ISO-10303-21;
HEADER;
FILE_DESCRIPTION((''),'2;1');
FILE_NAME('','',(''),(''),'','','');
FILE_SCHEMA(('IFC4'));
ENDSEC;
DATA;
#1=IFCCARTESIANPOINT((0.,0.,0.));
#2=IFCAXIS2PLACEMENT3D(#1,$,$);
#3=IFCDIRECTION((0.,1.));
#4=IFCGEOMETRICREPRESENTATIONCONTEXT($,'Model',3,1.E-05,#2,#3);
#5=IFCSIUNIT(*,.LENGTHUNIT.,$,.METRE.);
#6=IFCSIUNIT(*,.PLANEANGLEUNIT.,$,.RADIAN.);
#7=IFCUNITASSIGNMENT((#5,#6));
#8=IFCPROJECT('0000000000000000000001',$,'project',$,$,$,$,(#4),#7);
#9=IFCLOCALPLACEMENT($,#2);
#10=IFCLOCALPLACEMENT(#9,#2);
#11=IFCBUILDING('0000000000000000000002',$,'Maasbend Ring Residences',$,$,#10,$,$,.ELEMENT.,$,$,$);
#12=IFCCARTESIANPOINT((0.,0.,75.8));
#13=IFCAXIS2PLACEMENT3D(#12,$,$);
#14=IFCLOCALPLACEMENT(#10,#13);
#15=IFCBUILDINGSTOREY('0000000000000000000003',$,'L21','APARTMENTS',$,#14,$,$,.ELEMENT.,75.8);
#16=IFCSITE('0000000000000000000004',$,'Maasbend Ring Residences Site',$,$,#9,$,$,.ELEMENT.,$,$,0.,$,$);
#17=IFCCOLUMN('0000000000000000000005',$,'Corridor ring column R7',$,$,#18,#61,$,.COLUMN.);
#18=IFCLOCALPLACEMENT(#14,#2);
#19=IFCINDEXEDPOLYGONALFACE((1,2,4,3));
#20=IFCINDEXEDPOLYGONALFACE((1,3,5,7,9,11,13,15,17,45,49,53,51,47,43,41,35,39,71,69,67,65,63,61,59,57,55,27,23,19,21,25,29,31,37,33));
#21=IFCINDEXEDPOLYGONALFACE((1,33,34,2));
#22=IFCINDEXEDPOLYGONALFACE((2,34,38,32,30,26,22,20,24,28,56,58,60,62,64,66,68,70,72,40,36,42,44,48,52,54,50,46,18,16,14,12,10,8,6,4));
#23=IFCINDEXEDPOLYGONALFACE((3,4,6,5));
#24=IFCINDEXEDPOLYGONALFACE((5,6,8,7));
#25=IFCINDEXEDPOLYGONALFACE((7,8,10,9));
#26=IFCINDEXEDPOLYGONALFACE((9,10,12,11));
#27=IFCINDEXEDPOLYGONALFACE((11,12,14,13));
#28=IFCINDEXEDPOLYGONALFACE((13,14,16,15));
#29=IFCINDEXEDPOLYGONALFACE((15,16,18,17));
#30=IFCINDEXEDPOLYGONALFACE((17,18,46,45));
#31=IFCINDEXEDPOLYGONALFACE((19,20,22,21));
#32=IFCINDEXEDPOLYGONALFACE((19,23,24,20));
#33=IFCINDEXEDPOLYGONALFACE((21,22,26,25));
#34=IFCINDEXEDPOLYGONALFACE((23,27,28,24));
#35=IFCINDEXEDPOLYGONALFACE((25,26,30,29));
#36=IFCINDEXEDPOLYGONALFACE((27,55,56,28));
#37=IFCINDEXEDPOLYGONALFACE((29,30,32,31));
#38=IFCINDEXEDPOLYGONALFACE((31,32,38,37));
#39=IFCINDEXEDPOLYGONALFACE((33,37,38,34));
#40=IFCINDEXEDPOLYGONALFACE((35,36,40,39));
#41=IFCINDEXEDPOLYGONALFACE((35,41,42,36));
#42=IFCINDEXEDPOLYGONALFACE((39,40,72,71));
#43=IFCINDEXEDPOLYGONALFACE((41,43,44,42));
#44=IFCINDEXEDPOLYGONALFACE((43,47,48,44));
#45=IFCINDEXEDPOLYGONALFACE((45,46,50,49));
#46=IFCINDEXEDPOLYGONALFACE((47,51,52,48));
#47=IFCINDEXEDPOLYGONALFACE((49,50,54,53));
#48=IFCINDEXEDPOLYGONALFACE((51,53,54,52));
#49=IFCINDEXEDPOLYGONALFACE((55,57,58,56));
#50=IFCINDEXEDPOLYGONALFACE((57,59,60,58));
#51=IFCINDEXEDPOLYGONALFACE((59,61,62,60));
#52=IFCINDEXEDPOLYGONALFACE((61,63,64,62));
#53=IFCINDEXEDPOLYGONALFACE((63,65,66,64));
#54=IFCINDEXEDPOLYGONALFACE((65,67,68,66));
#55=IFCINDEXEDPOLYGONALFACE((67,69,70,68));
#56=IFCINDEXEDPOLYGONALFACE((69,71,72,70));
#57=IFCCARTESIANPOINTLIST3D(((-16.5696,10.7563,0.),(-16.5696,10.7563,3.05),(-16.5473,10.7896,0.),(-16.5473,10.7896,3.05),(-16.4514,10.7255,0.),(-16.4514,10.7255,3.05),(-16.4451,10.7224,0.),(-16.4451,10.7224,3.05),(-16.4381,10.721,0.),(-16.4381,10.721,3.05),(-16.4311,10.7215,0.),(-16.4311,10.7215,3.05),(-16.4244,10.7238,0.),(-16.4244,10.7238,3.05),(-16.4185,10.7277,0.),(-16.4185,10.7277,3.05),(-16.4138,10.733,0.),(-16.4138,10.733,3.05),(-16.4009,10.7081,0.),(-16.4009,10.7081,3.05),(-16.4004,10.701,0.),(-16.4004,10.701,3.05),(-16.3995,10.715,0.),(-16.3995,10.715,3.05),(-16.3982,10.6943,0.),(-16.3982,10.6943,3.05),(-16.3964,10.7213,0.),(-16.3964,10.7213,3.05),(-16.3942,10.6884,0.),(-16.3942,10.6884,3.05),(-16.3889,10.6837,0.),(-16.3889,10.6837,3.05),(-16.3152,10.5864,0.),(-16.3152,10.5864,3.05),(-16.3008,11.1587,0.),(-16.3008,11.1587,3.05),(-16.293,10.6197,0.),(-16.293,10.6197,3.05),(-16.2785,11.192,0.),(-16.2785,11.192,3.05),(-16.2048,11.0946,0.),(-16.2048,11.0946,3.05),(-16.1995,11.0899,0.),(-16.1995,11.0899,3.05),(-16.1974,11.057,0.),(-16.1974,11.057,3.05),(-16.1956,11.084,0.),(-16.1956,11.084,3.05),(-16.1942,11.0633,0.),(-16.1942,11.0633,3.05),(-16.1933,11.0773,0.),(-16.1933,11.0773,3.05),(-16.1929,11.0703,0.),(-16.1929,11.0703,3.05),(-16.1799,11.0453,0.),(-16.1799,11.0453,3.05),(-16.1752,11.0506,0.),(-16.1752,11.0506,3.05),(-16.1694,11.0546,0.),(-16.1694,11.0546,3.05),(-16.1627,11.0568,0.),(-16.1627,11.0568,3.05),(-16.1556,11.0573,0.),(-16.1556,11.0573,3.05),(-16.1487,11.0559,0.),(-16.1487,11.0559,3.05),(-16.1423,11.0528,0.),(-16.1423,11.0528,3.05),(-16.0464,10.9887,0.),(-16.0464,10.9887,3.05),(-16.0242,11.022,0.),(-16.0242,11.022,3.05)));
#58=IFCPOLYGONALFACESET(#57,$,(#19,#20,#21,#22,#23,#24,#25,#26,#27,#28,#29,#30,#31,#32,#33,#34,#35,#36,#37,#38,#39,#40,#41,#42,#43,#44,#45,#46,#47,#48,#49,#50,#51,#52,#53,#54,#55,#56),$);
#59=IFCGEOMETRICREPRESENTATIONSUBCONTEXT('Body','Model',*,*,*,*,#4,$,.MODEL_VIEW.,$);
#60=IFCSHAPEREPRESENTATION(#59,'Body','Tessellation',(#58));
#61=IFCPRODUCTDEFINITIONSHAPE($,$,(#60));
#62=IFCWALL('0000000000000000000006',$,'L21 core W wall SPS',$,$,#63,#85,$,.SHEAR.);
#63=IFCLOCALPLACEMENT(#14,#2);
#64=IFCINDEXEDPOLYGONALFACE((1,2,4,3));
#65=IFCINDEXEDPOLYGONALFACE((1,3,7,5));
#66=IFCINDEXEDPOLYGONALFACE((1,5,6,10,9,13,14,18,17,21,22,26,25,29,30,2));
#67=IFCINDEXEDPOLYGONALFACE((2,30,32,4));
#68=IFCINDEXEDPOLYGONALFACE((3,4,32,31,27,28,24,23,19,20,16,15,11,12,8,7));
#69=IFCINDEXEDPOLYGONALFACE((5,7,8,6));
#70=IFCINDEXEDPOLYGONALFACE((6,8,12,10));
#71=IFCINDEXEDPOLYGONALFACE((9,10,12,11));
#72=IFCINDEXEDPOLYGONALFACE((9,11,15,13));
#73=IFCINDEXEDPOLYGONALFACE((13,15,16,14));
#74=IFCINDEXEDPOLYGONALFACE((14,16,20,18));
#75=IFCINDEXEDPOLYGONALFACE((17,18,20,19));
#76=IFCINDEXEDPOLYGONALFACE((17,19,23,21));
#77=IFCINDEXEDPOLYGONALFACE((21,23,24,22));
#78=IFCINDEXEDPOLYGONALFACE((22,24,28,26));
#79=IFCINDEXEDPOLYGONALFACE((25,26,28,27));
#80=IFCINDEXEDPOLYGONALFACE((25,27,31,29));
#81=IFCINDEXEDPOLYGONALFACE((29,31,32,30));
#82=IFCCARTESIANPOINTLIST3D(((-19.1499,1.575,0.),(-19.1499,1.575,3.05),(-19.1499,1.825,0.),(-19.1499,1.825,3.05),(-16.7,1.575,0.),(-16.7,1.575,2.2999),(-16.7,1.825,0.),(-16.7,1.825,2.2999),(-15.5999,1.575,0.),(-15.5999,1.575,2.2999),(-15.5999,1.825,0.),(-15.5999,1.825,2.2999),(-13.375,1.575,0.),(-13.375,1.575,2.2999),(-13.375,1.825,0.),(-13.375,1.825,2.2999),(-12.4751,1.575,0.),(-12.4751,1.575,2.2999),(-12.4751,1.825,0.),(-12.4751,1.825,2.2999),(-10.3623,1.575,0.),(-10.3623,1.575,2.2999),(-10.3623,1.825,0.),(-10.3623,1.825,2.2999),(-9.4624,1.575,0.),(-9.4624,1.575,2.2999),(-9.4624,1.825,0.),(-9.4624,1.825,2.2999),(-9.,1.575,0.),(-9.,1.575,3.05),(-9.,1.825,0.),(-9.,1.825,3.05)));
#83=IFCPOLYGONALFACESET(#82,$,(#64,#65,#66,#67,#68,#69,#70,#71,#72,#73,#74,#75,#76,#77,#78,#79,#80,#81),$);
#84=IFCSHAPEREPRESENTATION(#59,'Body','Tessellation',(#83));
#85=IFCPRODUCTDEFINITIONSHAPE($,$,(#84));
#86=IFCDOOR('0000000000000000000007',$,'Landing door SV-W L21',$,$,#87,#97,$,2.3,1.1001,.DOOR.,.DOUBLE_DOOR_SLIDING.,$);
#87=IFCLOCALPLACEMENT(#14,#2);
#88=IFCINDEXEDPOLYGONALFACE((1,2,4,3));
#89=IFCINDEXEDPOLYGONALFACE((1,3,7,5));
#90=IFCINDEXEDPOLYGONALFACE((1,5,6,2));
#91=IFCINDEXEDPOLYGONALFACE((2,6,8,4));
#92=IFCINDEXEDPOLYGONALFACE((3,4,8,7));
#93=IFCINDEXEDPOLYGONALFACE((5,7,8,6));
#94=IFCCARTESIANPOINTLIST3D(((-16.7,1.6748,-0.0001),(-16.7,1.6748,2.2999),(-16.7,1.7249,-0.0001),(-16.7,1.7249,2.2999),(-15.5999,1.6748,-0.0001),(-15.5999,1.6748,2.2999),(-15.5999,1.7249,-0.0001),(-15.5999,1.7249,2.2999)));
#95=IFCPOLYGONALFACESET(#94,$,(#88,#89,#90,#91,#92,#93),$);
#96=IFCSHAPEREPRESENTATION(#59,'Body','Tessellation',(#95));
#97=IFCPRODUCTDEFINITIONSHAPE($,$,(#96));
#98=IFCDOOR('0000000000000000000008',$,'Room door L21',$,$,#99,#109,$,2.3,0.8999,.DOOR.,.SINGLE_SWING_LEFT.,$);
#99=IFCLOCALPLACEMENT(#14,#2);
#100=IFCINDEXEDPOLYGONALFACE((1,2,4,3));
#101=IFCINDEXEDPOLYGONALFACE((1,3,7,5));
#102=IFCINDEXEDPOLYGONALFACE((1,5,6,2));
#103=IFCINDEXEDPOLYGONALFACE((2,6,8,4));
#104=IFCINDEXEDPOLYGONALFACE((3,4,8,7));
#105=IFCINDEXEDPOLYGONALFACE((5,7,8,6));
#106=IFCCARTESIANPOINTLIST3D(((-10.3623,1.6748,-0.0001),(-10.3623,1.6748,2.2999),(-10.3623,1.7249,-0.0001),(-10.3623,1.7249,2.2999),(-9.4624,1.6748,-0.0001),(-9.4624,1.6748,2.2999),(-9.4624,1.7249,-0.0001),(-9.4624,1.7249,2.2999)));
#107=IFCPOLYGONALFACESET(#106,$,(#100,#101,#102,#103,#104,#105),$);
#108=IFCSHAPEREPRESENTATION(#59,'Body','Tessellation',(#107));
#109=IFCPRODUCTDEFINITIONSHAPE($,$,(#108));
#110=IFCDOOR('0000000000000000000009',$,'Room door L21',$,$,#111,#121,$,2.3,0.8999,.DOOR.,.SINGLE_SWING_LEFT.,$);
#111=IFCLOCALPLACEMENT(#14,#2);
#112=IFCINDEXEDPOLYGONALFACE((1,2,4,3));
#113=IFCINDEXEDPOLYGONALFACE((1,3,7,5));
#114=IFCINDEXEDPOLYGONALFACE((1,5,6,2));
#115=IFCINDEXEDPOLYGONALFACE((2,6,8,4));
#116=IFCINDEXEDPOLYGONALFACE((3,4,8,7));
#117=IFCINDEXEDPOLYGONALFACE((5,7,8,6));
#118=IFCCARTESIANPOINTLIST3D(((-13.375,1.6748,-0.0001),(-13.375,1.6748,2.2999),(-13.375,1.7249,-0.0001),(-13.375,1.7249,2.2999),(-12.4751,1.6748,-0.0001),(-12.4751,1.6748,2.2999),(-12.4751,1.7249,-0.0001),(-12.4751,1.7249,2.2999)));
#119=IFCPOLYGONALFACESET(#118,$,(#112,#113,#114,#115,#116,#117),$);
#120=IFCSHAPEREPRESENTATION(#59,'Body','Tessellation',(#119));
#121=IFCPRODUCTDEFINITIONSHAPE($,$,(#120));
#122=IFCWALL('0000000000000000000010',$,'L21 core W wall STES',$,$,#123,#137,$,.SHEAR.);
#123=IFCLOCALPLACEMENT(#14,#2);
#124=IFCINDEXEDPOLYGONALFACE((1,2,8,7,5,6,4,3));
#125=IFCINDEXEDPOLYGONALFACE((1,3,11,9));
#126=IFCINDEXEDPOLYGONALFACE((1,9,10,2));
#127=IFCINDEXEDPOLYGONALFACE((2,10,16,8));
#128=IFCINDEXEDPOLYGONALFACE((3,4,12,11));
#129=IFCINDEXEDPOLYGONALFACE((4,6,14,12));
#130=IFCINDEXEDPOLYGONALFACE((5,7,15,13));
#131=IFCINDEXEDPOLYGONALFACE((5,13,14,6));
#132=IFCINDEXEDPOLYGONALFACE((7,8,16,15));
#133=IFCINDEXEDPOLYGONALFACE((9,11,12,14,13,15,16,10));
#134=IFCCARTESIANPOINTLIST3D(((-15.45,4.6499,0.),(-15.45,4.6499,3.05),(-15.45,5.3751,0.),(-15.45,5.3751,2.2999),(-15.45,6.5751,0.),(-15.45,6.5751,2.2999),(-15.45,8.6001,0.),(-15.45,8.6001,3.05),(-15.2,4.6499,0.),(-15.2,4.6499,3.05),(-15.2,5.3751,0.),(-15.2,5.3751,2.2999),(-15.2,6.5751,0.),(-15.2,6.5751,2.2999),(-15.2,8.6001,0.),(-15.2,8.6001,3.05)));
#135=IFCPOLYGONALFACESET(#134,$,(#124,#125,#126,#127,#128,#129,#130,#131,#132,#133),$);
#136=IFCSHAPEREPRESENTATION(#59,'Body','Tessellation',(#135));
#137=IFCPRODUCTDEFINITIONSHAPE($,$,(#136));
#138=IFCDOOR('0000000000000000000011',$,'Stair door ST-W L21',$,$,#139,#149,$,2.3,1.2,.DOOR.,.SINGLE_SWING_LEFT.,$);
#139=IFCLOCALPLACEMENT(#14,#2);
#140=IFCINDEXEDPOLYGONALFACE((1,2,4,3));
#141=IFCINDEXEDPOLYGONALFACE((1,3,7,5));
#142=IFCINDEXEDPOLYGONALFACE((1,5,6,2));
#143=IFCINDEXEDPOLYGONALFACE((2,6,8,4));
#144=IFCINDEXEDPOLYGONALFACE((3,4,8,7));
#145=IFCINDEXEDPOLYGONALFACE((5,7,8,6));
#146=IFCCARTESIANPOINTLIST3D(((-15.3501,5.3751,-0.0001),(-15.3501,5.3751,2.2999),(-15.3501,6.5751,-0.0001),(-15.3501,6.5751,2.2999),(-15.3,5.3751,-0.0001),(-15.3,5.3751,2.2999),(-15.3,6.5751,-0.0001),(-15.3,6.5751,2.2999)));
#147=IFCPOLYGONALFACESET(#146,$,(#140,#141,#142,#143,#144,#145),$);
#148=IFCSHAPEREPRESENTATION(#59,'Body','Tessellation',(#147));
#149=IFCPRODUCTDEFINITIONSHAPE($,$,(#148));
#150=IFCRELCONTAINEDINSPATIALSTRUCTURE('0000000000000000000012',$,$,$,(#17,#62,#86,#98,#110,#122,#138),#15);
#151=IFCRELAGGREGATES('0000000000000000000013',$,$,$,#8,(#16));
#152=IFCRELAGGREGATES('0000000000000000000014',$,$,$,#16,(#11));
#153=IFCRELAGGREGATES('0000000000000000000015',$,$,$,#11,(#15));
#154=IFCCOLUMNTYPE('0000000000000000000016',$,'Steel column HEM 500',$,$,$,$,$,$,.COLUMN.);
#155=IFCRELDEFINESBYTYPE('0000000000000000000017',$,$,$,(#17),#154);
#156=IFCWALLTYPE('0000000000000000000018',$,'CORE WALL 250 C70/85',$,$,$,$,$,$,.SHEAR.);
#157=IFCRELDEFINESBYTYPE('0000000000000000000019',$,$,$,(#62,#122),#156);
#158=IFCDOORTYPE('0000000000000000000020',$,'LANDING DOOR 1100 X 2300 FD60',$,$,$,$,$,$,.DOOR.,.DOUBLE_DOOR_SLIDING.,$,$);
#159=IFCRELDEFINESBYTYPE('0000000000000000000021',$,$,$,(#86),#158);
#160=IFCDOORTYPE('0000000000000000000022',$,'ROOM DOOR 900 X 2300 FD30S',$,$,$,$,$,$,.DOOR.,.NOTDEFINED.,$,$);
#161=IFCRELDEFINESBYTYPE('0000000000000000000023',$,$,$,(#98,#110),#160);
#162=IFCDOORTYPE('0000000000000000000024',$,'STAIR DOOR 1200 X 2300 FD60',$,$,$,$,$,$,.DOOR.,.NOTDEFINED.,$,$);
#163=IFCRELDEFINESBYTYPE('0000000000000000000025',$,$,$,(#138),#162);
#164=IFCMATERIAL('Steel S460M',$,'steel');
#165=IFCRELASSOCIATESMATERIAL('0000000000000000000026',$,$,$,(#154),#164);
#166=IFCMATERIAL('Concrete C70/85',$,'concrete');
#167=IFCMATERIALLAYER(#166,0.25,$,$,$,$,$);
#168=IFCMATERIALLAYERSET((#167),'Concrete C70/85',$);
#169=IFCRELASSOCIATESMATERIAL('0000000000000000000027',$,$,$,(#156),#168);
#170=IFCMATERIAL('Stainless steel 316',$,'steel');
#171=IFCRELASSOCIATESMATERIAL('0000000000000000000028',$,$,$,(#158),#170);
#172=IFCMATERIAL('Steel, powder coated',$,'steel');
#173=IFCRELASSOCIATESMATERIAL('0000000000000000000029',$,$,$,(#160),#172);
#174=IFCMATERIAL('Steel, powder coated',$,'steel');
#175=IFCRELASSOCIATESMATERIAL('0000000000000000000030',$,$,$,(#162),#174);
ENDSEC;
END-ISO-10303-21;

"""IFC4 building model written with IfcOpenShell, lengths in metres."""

from ifc_helpers import new_model, si_unit, direction, frame, frame_2d, origin, origin_2d, place, context, subcontext, project, spatial, rectangle, i_section, extrude, material, layer, layer_set, material_profile, profile_set, type_object, element, fill, save


model = new_model("IFC4")

# Units and contexts
model_context = context("Model", 3, precision=1e-05, world=origin(), true_north=direction((0.0, 1.0)))
body_context = subcontext(model_context, "Body", "Model", "MODEL_VIEW")
ifc_project = project(units=[si_unit("LENGTHUNIT", "METRE"), si_unit("PLANEANGLEUNIT", "RADIAN")], contexts=[model_context])

# Site, building, storey
site_placement = place(None, origin())
site = spatial("IfcSite", under=ifc_project, at=site_placement, Name="Maasbend Ring Residences Site", CompositionType="ELEMENT", RefElevation=0.0)
building_placement = place(site_placement, origin())
building = spatial("IfcBuilding", under=site, at=building_placement, Name="Maasbend Ring Residences", CompositionType="ELEMENT")
storey_placement = place(building_placement, frame((0.0, 0.0, 75.8)))
storey = spatial("IfcBuildingStorey", under=building, at=storey_placement, Name="L21", Description="APARTMENTS", CompositionType="ELEMENT", Elevation=75.8)

# Column
ifc_material_1 = material(Name="Steel S460M", Category="steel")
ifc_material_profile = material_profile(ifc_material_1, i_section(OverallWidth=0.3059, OverallDepth=0.5239, WebThickness=0.021, FlangeThickness=0.04, FilletRadius=0.0271, at=origin_2d()), Name="HEM 500")
ifc_profile_set = profile_set([ifc_material_profile], Name="Steel S460M")
column_type = type_object("IfcColumnType", Name="Steel column HEM 500", PredefinedType="COLUMN", material=ifc_profile_set)
column_placement = place(storey_placement, frame((-16.2969, 10.8892, 0.0), z_axis=(0.0, 0.0, 1.0), x_axis=(-0.83147, 0.55557, 0.0)))
element("IfcColumn", 1, at=column_placement, inside=storey, type_object=column_type, Name="Corridor ring column R7", PredefinedType="COLUMN", context=body_context, shape_type="SweptSolid", body=[
    extrude(i_section(OverallWidth=0.3059, OverallDepth=0.5239, WebThickness=0.021, FlangeThickness=0.04, FilletRadius=0.0271, at=origin_2d()), origin(), (0.0, 0.0, 1.0), 3.05),
])

# Wall, openings, doors
ifc_material_2 = material(Name="Concrete C70/85", Category="concrete")
ifc_layer_1 = layer(ifc_material_2, 0.25)
ifc_layer_set_1 = layer_set([ifc_layer_1], Name="Concrete C70/85")
wall_type_1 = type_object("IfcWallType", Name="CORE WALL 250 C70/85", PredefinedType="SHEAR", material=ifc_layer_set_1)
wall_1_placement = place(storey_placement, frame((-19.1499, 1.7, 0.0), z_axis=(0.0, 0.0, 1.0), x_axis=(1.0, 0.0, 0.0)))
wall_1 = element("IfcWall", 2, at=wall_1_placement, inside=storey, type_object=wall_type_1, Name="L21 core W wall SPS", PredefinedType="SHEAR", context=body_context, shape_type="SweptSolid", body=[
    extrude(rectangle(XDim=10.1499, YDim=0.25, at=frame_2d((5.075, 0.0))), origin(), (0.0, 0.0, 1.0), 3.05),
])
opening_1_placement = place(wall_1_placement, frame((2.45, 0.0, 0.0)))
opening_1 = element("IfcOpeningElement", 3, at=opening_1_placement, cuts=wall_1, PredefinedType="OPENING", context=body_context, shape_type="SweptSolid", body=[
    extrude(rectangle(XDim=1.1001, YDim=2.3, at=frame_2d((0.55, 1.1499))), frame((0.0, 0.135, 0.0), z_axis=(0.0, -1.0, 0.0), x_axis=(1.0, 0.0, 0.0)), (0.0, 0.0, 1.0), 0.27),
])
opening_2_placement = place(wall_1_placement, frame((8.7876, 0.0, 0.0)))
opening_2 = element("IfcOpeningElement", 4, at=opening_2_placement, cuts=wall_1, PredefinedType="OPENING", context=body_context, shape_type="SweptSolid", body=[
    extrude(rectangle(XDim=0.8999, YDim=2.3, at=frame_2d((0.45, 1.1499))), frame((0.0, 0.135, 0.0), z_axis=(0.0, -1.0, 0.0), x_axis=(1.0, 0.0, 0.0)), (0.0, 0.0, 1.0), 0.27),
])
opening_3_placement = place(wall_1_placement, frame((5.7749, 0.0, 0.0)))
opening_3 = element("IfcOpeningElement", 5, at=opening_3_placement, cuts=wall_1, PredefinedType="OPENING", context=body_context, shape_type="SweptSolid", body=[
    extrude(rectangle(XDim=0.8999, YDim=2.3, at=frame_2d((0.45, 1.1499))), frame((0.0, 0.135, 0.0), z_axis=(0.0, -1.0, 0.0), x_axis=(1.0, 0.0, 0.0)), (0.0, 0.0, 1.0), 0.27),
])
ifc_material_3 = material(Name="Stainless steel 316", Category="steel")
door_type_1 = type_object("IfcDoorType", Name="LANDING DOOR 1100 X 2300 FD60", OperationType="DOUBLE_DOOR_SLIDING", PredefinedType="DOOR", material=ifc_material_3)
door_1_placement = place(opening_1_placement, origin())
door_1 = element("IfcDoor", 6, at=door_1_placement, inside=storey, type_object=door_type_1, Name="Landing door SV-W L21", OperationType="DOUBLE_DOOR_SLIDING", OverallHeight=2.3, OverallWidth=1.1001, PredefinedType="DOOR", context=body_context, shape_type="SweptSolid", body=[
    extrude(rectangle(XDim=1.1001, YDim=2.3, at=frame_2d((0.55, 1.1499))), frame((0.0, 0.0249, 0.0), z_axis=(0.0, -1.0, 0.0), x_axis=(1.0, 0.0, 0.0)), (0.0, 0.0, 1.0), 0.05),
])
fill(opening_1, door_1)
ifc_material_4 = material(Name="Steel, powder coated", Category="steel")
door_type_2 = type_object("IfcDoorType", Name="ROOM DOOR 900 X 2300 FD30S", OperationType="NOTDEFINED", PredefinedType="DOOR", material=ifc_material_4)
door_2_placement = place(opening_2_placement, origin())
door_2 = element("IfcDoor", 7, at=door_2_placement, inside=storey, type_object=door_type_2, Name="Room door L21", OperationType="SINGLE_SWING_LEFT", OverallHeight=2.3, OverallWidth=0.8999, PredefinedType="DOOR", context=body_context, shape_type="SweptSolid", body=[
    extrude(rectangle(XDim=0.8999, YDim=2.3, at=frame_2d((0.45, 1.1499))), frame((0.0, 0.0249, 0.0), z_axis=(0.0, -1.0, 0.0), x_axis=(1.0, 0.0, 0.0)), (0.0, 0.0, 1.0), 0.05),
])
fill(opening_2, door_2)
door_3_placement = place(opening_3_placement, origin())
door_3 = element("IfcDoor", 8, at=door_3_placement, inside=storey, type_object=door_type_2, Name="Room door L21", OperationType="SINGLE_SWING_LEFT", OverallHeight=2.3, OverallWidth=0.8999, PredefinedType="DOOR", context=body_context, shape_type="SweptSolid", body=[
    extrude(rectangle(XDim=0.8999, YDim=2.3, at=frame_2d((0.45, 1.1499))), frame((0.0, 0.0249, 0.0), z_axis=(0.0, -1.0, 0.0), x_axis=(1.0, 0.0, 0.0)), (0.0, 0.0, 1.0), 0.05),
])
fill(opening_3, door_3)

# Wall, opening, door
wall_2_placement = place(storey_placement, frame((-15.325, 8.6001, 0.0), z_axis=(0.0, 0.0, 1.0), x_axis=(0.0, -1.0, 0.0)))
wall_2 = element("IfcWall", 9, at=wall_2_placement, inside=storey, type_object=wall_type_1, Name="L21 core W wall STES", PredefinedType="SHEAR", context=body_context, shape_type="SweptSolid", body=[
    extrude(rectangle(XDim=3.9502, YDim=0.25, at=frame_2d((1.9751, 0.0))), origin(), (0.0, 0.0, 1.0), 3.05),
])
opening_4_placement = place(wall_2_placement, frame((2.0249, 0.0, 0.0)))
opening_4 = element("IfcOpeningElement", 10, at=opening_4_placement, cuts=wall_2, PredefinedType="OPENING", context=body_context, shape_type="SweptSolid", body=[
    extrude(rectangle(XDim=1.2, YDim=2.3, at=frame_2d((0.6001, 1.1499))), frame((0.0, 0.135, 0.0), z_axis=(0.0, -1.0, 0.0), x_axis=(1.0, 0.0, 0.0)), (0.0, 0.0, 1.0), 0.27),
])
ifc_material_5 = material(Name="Steel, powder coated", Category="steel")
door_type_3 = type_object("IfcDoorType", Name="STAIR DOOR 1200 X 2300 FD60", OperationType="NOTDEFINED", PredefinedType="DOOR", material=ifc_material_5)
door_4_placement = place(opening_4_placement, origin())
door_4 = element("IfcDoor", 11, at=door_4_placement, inside=storey, type_object=door_type_3, Name="Stair door ST-W L21", OperationType="SINGLE_SWING_LEFT", OverallHeight=2.3, OverallWidth=1.2, PredefinedType="DOOR", context=body_context, shape_type="SweptSolid", body=[
    extrude(rectangle(XDim=1.2, YDim=2.3, at=frame_2d((0.6001, 1.1499))), frame((0.0, 0.0249, 0.0), z_axis=(0.0, -1.0, 0.0), x_axis=(1.0, 0.0, 0.0)), (0.0, 0.0, 1.0), 0.05),
])
fill(opening_4, door_4)

save(model, "model.ifc")
